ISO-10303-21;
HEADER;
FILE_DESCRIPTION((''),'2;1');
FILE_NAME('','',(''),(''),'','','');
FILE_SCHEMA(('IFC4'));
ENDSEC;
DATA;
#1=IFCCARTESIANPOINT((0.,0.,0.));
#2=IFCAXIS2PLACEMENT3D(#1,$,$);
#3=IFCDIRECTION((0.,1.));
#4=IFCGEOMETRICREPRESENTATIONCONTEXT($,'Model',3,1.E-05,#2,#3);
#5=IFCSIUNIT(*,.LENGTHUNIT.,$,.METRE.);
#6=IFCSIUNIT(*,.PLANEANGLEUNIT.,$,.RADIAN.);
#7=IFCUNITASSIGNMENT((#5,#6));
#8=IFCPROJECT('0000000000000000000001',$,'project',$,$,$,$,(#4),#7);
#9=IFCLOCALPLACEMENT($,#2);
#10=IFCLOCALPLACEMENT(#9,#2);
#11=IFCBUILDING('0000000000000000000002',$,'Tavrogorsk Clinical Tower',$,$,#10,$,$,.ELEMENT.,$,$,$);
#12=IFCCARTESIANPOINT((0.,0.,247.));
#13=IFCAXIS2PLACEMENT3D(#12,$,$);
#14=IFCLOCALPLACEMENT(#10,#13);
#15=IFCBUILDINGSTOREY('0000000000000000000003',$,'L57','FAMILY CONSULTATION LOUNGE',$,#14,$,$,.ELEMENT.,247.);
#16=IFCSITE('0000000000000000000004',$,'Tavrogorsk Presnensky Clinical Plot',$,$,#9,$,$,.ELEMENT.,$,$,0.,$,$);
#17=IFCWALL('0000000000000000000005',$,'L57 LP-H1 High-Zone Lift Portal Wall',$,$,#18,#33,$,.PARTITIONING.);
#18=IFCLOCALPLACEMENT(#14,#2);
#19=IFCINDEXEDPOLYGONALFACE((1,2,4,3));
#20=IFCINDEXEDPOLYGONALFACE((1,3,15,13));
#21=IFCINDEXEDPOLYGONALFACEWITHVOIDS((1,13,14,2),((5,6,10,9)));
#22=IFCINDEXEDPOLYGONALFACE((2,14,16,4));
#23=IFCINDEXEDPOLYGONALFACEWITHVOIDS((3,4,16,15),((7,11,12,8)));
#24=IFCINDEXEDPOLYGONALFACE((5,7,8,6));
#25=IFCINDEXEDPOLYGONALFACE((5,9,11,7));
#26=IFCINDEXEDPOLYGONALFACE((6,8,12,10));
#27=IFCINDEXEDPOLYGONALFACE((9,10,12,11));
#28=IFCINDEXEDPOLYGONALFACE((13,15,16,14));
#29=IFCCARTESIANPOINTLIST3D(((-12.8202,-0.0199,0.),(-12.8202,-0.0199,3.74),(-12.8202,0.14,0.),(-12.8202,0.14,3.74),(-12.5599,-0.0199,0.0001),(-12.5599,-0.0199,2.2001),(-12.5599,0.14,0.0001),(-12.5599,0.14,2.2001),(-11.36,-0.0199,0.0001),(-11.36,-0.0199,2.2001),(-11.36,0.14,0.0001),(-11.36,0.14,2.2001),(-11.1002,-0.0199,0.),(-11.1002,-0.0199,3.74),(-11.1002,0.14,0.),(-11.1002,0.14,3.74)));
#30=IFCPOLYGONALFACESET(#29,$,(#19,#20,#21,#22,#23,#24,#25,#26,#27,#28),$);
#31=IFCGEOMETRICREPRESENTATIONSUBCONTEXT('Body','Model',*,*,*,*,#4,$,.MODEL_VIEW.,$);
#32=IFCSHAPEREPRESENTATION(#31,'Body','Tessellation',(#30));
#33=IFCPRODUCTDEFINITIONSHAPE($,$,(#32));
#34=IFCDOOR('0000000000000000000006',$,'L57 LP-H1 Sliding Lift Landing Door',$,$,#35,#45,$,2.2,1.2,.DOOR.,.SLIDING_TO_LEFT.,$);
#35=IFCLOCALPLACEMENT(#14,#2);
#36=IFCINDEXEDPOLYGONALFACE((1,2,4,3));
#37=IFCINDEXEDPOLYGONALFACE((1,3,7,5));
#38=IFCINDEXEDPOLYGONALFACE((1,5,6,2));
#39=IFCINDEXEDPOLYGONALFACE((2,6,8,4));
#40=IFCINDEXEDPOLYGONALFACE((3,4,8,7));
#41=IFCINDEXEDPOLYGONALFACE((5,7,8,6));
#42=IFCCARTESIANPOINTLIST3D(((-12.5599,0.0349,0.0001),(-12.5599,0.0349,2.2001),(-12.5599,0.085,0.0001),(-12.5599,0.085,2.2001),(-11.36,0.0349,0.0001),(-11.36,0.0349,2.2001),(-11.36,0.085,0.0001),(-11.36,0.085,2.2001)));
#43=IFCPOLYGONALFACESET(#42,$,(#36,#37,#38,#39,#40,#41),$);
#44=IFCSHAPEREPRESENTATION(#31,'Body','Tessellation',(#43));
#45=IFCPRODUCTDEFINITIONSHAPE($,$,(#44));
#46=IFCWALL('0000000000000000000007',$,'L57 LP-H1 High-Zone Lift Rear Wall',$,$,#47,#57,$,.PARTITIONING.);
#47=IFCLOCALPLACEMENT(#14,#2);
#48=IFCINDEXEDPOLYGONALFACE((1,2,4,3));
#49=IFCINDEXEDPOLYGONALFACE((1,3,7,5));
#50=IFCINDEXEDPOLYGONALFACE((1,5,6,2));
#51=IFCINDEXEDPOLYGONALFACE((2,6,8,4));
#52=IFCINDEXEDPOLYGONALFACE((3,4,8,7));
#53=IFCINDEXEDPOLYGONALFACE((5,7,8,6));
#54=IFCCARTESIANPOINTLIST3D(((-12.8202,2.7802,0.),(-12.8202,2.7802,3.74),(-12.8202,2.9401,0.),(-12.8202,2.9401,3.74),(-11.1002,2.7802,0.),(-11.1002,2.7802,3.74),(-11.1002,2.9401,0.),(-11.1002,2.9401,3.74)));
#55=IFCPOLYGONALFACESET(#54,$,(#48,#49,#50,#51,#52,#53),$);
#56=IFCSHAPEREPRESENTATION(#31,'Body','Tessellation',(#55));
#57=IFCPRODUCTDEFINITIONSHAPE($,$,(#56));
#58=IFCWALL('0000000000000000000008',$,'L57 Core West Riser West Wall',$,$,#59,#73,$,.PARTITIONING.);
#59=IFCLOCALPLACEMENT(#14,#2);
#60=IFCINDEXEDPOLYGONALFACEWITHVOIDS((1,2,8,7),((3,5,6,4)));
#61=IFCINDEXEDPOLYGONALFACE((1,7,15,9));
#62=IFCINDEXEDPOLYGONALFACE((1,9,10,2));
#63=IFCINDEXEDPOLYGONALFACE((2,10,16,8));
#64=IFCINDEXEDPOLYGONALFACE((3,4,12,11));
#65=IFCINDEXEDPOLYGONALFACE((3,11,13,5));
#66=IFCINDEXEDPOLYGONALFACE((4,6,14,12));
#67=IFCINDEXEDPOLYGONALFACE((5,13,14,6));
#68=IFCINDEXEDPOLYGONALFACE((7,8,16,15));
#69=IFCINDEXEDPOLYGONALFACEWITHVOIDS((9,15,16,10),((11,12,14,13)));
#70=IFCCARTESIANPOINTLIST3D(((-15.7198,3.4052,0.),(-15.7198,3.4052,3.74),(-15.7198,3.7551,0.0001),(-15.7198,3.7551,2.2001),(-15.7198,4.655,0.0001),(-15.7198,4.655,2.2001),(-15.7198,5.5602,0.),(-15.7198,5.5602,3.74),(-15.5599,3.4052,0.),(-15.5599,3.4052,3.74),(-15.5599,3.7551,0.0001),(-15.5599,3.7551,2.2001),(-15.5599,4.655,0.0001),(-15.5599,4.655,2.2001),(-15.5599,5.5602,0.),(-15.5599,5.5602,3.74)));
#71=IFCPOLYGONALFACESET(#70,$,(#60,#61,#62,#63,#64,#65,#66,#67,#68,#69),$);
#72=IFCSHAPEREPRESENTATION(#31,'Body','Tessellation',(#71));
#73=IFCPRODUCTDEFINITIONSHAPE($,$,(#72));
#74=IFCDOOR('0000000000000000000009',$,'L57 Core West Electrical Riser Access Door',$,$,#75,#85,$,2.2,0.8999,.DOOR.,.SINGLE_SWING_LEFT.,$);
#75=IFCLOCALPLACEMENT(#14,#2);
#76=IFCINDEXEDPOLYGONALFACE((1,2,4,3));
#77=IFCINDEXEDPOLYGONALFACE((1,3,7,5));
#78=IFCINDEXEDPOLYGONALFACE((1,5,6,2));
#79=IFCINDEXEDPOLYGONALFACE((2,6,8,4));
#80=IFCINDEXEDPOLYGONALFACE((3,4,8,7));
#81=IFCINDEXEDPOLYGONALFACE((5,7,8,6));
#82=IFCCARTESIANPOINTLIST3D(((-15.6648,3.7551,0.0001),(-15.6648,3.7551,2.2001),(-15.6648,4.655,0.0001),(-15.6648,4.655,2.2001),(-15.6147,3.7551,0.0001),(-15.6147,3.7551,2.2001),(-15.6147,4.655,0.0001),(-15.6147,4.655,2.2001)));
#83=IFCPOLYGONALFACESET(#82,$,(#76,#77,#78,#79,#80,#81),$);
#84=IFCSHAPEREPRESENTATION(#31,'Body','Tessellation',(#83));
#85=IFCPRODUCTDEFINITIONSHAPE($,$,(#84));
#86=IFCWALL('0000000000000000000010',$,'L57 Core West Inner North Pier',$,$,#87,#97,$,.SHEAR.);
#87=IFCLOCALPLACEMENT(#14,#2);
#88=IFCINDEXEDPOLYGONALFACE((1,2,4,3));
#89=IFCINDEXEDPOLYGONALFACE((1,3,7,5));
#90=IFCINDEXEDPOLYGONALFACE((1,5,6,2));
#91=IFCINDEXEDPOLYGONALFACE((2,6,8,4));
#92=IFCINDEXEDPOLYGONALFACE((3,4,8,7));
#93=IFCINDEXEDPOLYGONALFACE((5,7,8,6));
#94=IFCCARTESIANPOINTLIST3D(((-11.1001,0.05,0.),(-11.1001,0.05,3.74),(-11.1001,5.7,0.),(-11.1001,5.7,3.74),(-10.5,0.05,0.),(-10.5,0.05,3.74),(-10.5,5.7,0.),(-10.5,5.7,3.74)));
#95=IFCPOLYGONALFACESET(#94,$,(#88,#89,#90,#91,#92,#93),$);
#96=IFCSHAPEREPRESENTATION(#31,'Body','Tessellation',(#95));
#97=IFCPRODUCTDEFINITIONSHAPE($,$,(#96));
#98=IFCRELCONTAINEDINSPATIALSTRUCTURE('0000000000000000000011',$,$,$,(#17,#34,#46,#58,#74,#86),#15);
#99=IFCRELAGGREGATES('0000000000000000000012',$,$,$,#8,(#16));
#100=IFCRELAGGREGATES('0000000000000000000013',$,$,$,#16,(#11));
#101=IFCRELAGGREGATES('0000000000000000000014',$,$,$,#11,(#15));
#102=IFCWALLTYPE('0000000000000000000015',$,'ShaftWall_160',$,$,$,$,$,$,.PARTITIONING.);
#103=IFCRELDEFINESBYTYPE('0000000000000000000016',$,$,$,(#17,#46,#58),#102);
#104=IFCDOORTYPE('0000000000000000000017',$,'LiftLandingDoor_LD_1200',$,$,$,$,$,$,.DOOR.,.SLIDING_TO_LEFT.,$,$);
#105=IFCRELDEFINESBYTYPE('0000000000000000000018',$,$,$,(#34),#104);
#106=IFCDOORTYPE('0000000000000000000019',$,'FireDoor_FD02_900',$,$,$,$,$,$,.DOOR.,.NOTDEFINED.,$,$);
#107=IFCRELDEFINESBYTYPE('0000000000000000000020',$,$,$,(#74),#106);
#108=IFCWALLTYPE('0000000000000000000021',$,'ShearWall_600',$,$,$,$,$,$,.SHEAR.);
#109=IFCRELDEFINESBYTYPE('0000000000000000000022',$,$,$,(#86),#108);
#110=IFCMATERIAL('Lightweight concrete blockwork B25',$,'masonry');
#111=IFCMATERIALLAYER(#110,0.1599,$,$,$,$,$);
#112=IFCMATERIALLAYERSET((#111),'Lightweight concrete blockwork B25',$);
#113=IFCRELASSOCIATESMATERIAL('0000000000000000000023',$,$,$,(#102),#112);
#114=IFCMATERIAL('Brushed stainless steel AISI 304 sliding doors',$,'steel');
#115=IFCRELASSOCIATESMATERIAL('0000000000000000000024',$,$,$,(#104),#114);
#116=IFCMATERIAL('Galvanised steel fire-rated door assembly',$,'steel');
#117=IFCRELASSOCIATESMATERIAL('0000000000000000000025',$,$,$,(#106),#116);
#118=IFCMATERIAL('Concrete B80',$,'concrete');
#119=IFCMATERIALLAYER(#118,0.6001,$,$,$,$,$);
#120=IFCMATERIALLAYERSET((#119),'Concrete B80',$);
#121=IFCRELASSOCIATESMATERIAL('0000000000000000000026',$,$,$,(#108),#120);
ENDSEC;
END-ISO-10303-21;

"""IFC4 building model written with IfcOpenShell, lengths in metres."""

from ifc_helpers import new_model, si_unit, direction, frame, frame_2d, origin, place, context, subcontext, project, spatial, rectangle, extrude, material, layer, layer_set, type_object, element, fill, save


model = new_model("IFC4")

# Units and contexts
model_context = context("Model", 3, precision=1e-05, world=origin(), true_north=direction((0.0, 1.0)))
body_context = subcontext(model_context, "Body", "Model", "MODEL_VIEW")
ifc_project = project(units=[si_unit("LENGTHUNIT", "METRE"), si_unit("PLANEANGLEUNIT", "RADIAN")], contexts=[model_context])

# Site, building, storey
site_placement = place(None, origin())
site = spatial("IfcSite", under=ifc_project, at=site_placement, Name="Tavrogorsk Presnensky Clinical Plot", CompositionType="ELEMENT", RefElevation=0.0)
building_placement = place(site_placement, origin())
building = spatial("IfcBuilding", under=site, at=building_placement, Name="Tavrogorsk Clinical Tower", CompositionType="ELEMENT")
storey_placement = place(building_placement, frame((0.0, 0.0, 247.0)))
storey = spatial("IfcBuildingStorey", under=building, at=storey_placement, Name="L57", Description="FAMILY CONSULTATION LOUNGE", CompositionType="ELEMENT", Elevation=247.0)

# Shared definitions
ifc_material_1 = material(Name="Lightweight concrete blockwork B25", Category="masonry")
ifc_layer_1 = layer(ifc_material_1, 0.1599)
ifc_layer_set_1 = layer_set([ifc_layer_1], Name="Lightweight concrete blockwork B25")
wall_type_1 = type_object("IfcWallType", Name="ShaftWall_160", PredefinedType="PARTITIONING", material=ifc_layer_set_1)
ifc_material_2 = material(Name="Brushed stainless steel AISI 304 sliding doors", Category="steel")
door_type_1 = type_object("IfcDoorType", Name="LiftLandingDoor_LD_1200", OperationType="SLIDING_TO_LEFT", PredefinedType="DOOR", material=ifc_material_2)

# Wall, opening, door
wall_1_placement = place(storey_placement, frame((-12.8201, 0.0601, 0.0), z_axis=(0.0, 0.0, 1.0), x_axis=(1.0, 0.0, 0.0)))
wall_1 = element("IfcWall", 1, at=wall_1_placement, inside=storey, type_object=wall_type_1, Name="L57 LP-H1 High-Zone Lift Portal Wall", PredefinedType="PARTITIONING", context=body_context, shape_type="SweptSolid", body=[
    extrude(rectangle(XDim=1.72, YDim=0.1599, at=frame_2d((0.8599, 0.0))), origin(), (0.0, 0.0, 1.0), 3.74),
])
opening_1_placement = place(wall_1_placement, frame((0.26, 0.0, 0.0)))
opening_1 = element("IfcOpeningElement", 2, at=opening_1_placement, cuts=wall_1, PredefinedType="OPENING", context=body_context, shape_type="SweptSolid", body=[
    extrude(rectangle(XDim=1.2, YDim=2.2, at=frame_2d((0.6001, 1.1001))), frame((0.0, 0.0898, 0.0), z_axis=(0.0, -1.0, 0.0), x_axis=(1.0, 0.0, 0.0)), (0.0, 0.0, 1.0), 0.1799),
])
door_1_placement = place(opening_1_placement, origin())
door_1 = element("IfcDoor", 3, at=door_1_placement, inside=storey, type_object=door_type_1, Name="L57 LP-H1 Sliding Lift Landing Door", OperationType="SLIDING_TO_LEFT", OverallHeight=2.2, OverallWidth=1.2, PredefinedType="DOOR", context=body_context, shape_type="SweptSolid", body=[
    extrude(rectangle(XDim=1.2, YDim=2.2, at=frame_2d((0.6001, 1.1001))), frame((0.0, 0.0249, 0.0), z_axis=(0.0, -1.0, 0.0), x_axis=(1.0, 0.0, 0.0)), (0.0, 0.0, 1.0), 0.05),
])
fill(opening_1, door_1)

# Wall
wall_2_placement = place(storey_placement, frame((-12.8201, 2.8601, 0.0), z_axis=(0.0, 0.0, 1.0), x_axis=(1.0, 0.0, 0.0)))
element("IfcWall", 4, at=wall_2_placement, inside=storey, type_object=wall_type_1, Name="L57 LP-H1 High-Zone Lift Rear Wall", PredefinedType="PARTITIONING", context=body_context, shape_type="SweptSolid", body=[
    extrude(rectangle(XDim=1.72, YDim=0.1599, at=frame_2d((0.8599, 0.0))), origin(), (0.0, 0.0, 1.0), 3.74),
])

# Wall, opening, door
wall_3_placement = place(storey_placement, frame((-15.6399, 3.405, 0.0), z_axis=(0.0, 0.0, 1.0), x_axis=(0.0, 1.0, 0.0)))
wall_3 = element("IfcWall", 5, at=wall_3_placement, inside=storey, type_object=wall_type_1, Name="L57 Core West Riser West Wall", PredefinedType="PARTITIONING", context=body_context, shape_type="SweptSolid", body=[
    extrude(rectangle(XDim=2.155, YDim=0.1599, at=frame_2d((1.0776, 0.0))), origin(), (0.0, 0.0, 1.0), 3.74),
])
opening_2_placement = place(wall_3_placement, frame((0.3501, 0.0, 0.0)))
opening_2 = element("IfcOpeningElement", 6, at=opening_2_placement, cuts=wall_3, PredefinedType="OPENING", context=body_context, shape_type="SweptSolid", body=[
    extrude(rectangle(XDim=0.8999, YDim=2.2, at=frame_2d((0.45, 1.1001))), frame((0.0, 0.0898, 0.0), z_axis=(0.0, -1.0, 0.0), x_axis=(1.0, 0.0, 0.0)), (0.0, 0.0, 1.0), 0.1799),
])
ifc_material_3 = material(Name="Galvanised steel fire-rated door assembly", Category="steel")
door_type_2 = type_object("IfcDoorType", Name="FireDoor_FD02_900", OperationType="NOTDEFINED", PredefinedType="DOOR", material=ifc_material_3)
door_2_placement = place(opening_2_placement, origin())
door_2 = element("IfcDoor", 7, at=door_2_placement, inside=storey, type_object=door_type_2, Name="L57 Core West Electrical Riser Access Door", OperationType="SINGLE_SWING_LEFT", OverallHeight=2.2, OverallWidth=0.8999, PredefinedType="DOOR", context=body_context, shape_type="SweptSolid", body=[
    extrude(rectangle(XDim=0.8999, YDim=2.2, at=frame_2d((0.45, 1.1001))), frame((0.0, 0.0249, 0.0), z_axis=(0.0, -1.0, 0.0), x_axis=(1.0, 0.0, 0.0)), (0.0, 0.0, 1.0), 0.05),
])
fill(opening_2, door_2)

# Wall
ifc_material_4 = material(Name="Concrete B80", Category="concrete")
ifc_layer_2 = layer(ifc_material_4, 0.6001)
ifc_layer_set_2 = layer_set([ifc_layer_2], Name="Concrete B80")
wall_type_2 = type_object("IfcWallType", Name="ShearWall_600", PredefinedType="SHEAR", material=ifc_layer_set_2)
wall_4_placement = place(storey_placement, frame((-10.8, 0.05, 0.0), z_axis=(0.0, 0.0, 1.0), x_axis=(0.0, 1.0, 0.0)))
element("IfcWall", 8, at=wall_4_placement, inside=storey, type_object=wall_type_2, Name="L57 Core West Inner North Pier", PredefinedType="SHEAR", context=body_context, shape_type="SweptSolid", body=[
    extrude(rectangle(XDim=5.6499, YDim=0.6001, at=frame_2d((2.825, 0.0))), origin(), (0.0, 0.0, 1.0), 3.74),
])

save(model, "model.ifc")
